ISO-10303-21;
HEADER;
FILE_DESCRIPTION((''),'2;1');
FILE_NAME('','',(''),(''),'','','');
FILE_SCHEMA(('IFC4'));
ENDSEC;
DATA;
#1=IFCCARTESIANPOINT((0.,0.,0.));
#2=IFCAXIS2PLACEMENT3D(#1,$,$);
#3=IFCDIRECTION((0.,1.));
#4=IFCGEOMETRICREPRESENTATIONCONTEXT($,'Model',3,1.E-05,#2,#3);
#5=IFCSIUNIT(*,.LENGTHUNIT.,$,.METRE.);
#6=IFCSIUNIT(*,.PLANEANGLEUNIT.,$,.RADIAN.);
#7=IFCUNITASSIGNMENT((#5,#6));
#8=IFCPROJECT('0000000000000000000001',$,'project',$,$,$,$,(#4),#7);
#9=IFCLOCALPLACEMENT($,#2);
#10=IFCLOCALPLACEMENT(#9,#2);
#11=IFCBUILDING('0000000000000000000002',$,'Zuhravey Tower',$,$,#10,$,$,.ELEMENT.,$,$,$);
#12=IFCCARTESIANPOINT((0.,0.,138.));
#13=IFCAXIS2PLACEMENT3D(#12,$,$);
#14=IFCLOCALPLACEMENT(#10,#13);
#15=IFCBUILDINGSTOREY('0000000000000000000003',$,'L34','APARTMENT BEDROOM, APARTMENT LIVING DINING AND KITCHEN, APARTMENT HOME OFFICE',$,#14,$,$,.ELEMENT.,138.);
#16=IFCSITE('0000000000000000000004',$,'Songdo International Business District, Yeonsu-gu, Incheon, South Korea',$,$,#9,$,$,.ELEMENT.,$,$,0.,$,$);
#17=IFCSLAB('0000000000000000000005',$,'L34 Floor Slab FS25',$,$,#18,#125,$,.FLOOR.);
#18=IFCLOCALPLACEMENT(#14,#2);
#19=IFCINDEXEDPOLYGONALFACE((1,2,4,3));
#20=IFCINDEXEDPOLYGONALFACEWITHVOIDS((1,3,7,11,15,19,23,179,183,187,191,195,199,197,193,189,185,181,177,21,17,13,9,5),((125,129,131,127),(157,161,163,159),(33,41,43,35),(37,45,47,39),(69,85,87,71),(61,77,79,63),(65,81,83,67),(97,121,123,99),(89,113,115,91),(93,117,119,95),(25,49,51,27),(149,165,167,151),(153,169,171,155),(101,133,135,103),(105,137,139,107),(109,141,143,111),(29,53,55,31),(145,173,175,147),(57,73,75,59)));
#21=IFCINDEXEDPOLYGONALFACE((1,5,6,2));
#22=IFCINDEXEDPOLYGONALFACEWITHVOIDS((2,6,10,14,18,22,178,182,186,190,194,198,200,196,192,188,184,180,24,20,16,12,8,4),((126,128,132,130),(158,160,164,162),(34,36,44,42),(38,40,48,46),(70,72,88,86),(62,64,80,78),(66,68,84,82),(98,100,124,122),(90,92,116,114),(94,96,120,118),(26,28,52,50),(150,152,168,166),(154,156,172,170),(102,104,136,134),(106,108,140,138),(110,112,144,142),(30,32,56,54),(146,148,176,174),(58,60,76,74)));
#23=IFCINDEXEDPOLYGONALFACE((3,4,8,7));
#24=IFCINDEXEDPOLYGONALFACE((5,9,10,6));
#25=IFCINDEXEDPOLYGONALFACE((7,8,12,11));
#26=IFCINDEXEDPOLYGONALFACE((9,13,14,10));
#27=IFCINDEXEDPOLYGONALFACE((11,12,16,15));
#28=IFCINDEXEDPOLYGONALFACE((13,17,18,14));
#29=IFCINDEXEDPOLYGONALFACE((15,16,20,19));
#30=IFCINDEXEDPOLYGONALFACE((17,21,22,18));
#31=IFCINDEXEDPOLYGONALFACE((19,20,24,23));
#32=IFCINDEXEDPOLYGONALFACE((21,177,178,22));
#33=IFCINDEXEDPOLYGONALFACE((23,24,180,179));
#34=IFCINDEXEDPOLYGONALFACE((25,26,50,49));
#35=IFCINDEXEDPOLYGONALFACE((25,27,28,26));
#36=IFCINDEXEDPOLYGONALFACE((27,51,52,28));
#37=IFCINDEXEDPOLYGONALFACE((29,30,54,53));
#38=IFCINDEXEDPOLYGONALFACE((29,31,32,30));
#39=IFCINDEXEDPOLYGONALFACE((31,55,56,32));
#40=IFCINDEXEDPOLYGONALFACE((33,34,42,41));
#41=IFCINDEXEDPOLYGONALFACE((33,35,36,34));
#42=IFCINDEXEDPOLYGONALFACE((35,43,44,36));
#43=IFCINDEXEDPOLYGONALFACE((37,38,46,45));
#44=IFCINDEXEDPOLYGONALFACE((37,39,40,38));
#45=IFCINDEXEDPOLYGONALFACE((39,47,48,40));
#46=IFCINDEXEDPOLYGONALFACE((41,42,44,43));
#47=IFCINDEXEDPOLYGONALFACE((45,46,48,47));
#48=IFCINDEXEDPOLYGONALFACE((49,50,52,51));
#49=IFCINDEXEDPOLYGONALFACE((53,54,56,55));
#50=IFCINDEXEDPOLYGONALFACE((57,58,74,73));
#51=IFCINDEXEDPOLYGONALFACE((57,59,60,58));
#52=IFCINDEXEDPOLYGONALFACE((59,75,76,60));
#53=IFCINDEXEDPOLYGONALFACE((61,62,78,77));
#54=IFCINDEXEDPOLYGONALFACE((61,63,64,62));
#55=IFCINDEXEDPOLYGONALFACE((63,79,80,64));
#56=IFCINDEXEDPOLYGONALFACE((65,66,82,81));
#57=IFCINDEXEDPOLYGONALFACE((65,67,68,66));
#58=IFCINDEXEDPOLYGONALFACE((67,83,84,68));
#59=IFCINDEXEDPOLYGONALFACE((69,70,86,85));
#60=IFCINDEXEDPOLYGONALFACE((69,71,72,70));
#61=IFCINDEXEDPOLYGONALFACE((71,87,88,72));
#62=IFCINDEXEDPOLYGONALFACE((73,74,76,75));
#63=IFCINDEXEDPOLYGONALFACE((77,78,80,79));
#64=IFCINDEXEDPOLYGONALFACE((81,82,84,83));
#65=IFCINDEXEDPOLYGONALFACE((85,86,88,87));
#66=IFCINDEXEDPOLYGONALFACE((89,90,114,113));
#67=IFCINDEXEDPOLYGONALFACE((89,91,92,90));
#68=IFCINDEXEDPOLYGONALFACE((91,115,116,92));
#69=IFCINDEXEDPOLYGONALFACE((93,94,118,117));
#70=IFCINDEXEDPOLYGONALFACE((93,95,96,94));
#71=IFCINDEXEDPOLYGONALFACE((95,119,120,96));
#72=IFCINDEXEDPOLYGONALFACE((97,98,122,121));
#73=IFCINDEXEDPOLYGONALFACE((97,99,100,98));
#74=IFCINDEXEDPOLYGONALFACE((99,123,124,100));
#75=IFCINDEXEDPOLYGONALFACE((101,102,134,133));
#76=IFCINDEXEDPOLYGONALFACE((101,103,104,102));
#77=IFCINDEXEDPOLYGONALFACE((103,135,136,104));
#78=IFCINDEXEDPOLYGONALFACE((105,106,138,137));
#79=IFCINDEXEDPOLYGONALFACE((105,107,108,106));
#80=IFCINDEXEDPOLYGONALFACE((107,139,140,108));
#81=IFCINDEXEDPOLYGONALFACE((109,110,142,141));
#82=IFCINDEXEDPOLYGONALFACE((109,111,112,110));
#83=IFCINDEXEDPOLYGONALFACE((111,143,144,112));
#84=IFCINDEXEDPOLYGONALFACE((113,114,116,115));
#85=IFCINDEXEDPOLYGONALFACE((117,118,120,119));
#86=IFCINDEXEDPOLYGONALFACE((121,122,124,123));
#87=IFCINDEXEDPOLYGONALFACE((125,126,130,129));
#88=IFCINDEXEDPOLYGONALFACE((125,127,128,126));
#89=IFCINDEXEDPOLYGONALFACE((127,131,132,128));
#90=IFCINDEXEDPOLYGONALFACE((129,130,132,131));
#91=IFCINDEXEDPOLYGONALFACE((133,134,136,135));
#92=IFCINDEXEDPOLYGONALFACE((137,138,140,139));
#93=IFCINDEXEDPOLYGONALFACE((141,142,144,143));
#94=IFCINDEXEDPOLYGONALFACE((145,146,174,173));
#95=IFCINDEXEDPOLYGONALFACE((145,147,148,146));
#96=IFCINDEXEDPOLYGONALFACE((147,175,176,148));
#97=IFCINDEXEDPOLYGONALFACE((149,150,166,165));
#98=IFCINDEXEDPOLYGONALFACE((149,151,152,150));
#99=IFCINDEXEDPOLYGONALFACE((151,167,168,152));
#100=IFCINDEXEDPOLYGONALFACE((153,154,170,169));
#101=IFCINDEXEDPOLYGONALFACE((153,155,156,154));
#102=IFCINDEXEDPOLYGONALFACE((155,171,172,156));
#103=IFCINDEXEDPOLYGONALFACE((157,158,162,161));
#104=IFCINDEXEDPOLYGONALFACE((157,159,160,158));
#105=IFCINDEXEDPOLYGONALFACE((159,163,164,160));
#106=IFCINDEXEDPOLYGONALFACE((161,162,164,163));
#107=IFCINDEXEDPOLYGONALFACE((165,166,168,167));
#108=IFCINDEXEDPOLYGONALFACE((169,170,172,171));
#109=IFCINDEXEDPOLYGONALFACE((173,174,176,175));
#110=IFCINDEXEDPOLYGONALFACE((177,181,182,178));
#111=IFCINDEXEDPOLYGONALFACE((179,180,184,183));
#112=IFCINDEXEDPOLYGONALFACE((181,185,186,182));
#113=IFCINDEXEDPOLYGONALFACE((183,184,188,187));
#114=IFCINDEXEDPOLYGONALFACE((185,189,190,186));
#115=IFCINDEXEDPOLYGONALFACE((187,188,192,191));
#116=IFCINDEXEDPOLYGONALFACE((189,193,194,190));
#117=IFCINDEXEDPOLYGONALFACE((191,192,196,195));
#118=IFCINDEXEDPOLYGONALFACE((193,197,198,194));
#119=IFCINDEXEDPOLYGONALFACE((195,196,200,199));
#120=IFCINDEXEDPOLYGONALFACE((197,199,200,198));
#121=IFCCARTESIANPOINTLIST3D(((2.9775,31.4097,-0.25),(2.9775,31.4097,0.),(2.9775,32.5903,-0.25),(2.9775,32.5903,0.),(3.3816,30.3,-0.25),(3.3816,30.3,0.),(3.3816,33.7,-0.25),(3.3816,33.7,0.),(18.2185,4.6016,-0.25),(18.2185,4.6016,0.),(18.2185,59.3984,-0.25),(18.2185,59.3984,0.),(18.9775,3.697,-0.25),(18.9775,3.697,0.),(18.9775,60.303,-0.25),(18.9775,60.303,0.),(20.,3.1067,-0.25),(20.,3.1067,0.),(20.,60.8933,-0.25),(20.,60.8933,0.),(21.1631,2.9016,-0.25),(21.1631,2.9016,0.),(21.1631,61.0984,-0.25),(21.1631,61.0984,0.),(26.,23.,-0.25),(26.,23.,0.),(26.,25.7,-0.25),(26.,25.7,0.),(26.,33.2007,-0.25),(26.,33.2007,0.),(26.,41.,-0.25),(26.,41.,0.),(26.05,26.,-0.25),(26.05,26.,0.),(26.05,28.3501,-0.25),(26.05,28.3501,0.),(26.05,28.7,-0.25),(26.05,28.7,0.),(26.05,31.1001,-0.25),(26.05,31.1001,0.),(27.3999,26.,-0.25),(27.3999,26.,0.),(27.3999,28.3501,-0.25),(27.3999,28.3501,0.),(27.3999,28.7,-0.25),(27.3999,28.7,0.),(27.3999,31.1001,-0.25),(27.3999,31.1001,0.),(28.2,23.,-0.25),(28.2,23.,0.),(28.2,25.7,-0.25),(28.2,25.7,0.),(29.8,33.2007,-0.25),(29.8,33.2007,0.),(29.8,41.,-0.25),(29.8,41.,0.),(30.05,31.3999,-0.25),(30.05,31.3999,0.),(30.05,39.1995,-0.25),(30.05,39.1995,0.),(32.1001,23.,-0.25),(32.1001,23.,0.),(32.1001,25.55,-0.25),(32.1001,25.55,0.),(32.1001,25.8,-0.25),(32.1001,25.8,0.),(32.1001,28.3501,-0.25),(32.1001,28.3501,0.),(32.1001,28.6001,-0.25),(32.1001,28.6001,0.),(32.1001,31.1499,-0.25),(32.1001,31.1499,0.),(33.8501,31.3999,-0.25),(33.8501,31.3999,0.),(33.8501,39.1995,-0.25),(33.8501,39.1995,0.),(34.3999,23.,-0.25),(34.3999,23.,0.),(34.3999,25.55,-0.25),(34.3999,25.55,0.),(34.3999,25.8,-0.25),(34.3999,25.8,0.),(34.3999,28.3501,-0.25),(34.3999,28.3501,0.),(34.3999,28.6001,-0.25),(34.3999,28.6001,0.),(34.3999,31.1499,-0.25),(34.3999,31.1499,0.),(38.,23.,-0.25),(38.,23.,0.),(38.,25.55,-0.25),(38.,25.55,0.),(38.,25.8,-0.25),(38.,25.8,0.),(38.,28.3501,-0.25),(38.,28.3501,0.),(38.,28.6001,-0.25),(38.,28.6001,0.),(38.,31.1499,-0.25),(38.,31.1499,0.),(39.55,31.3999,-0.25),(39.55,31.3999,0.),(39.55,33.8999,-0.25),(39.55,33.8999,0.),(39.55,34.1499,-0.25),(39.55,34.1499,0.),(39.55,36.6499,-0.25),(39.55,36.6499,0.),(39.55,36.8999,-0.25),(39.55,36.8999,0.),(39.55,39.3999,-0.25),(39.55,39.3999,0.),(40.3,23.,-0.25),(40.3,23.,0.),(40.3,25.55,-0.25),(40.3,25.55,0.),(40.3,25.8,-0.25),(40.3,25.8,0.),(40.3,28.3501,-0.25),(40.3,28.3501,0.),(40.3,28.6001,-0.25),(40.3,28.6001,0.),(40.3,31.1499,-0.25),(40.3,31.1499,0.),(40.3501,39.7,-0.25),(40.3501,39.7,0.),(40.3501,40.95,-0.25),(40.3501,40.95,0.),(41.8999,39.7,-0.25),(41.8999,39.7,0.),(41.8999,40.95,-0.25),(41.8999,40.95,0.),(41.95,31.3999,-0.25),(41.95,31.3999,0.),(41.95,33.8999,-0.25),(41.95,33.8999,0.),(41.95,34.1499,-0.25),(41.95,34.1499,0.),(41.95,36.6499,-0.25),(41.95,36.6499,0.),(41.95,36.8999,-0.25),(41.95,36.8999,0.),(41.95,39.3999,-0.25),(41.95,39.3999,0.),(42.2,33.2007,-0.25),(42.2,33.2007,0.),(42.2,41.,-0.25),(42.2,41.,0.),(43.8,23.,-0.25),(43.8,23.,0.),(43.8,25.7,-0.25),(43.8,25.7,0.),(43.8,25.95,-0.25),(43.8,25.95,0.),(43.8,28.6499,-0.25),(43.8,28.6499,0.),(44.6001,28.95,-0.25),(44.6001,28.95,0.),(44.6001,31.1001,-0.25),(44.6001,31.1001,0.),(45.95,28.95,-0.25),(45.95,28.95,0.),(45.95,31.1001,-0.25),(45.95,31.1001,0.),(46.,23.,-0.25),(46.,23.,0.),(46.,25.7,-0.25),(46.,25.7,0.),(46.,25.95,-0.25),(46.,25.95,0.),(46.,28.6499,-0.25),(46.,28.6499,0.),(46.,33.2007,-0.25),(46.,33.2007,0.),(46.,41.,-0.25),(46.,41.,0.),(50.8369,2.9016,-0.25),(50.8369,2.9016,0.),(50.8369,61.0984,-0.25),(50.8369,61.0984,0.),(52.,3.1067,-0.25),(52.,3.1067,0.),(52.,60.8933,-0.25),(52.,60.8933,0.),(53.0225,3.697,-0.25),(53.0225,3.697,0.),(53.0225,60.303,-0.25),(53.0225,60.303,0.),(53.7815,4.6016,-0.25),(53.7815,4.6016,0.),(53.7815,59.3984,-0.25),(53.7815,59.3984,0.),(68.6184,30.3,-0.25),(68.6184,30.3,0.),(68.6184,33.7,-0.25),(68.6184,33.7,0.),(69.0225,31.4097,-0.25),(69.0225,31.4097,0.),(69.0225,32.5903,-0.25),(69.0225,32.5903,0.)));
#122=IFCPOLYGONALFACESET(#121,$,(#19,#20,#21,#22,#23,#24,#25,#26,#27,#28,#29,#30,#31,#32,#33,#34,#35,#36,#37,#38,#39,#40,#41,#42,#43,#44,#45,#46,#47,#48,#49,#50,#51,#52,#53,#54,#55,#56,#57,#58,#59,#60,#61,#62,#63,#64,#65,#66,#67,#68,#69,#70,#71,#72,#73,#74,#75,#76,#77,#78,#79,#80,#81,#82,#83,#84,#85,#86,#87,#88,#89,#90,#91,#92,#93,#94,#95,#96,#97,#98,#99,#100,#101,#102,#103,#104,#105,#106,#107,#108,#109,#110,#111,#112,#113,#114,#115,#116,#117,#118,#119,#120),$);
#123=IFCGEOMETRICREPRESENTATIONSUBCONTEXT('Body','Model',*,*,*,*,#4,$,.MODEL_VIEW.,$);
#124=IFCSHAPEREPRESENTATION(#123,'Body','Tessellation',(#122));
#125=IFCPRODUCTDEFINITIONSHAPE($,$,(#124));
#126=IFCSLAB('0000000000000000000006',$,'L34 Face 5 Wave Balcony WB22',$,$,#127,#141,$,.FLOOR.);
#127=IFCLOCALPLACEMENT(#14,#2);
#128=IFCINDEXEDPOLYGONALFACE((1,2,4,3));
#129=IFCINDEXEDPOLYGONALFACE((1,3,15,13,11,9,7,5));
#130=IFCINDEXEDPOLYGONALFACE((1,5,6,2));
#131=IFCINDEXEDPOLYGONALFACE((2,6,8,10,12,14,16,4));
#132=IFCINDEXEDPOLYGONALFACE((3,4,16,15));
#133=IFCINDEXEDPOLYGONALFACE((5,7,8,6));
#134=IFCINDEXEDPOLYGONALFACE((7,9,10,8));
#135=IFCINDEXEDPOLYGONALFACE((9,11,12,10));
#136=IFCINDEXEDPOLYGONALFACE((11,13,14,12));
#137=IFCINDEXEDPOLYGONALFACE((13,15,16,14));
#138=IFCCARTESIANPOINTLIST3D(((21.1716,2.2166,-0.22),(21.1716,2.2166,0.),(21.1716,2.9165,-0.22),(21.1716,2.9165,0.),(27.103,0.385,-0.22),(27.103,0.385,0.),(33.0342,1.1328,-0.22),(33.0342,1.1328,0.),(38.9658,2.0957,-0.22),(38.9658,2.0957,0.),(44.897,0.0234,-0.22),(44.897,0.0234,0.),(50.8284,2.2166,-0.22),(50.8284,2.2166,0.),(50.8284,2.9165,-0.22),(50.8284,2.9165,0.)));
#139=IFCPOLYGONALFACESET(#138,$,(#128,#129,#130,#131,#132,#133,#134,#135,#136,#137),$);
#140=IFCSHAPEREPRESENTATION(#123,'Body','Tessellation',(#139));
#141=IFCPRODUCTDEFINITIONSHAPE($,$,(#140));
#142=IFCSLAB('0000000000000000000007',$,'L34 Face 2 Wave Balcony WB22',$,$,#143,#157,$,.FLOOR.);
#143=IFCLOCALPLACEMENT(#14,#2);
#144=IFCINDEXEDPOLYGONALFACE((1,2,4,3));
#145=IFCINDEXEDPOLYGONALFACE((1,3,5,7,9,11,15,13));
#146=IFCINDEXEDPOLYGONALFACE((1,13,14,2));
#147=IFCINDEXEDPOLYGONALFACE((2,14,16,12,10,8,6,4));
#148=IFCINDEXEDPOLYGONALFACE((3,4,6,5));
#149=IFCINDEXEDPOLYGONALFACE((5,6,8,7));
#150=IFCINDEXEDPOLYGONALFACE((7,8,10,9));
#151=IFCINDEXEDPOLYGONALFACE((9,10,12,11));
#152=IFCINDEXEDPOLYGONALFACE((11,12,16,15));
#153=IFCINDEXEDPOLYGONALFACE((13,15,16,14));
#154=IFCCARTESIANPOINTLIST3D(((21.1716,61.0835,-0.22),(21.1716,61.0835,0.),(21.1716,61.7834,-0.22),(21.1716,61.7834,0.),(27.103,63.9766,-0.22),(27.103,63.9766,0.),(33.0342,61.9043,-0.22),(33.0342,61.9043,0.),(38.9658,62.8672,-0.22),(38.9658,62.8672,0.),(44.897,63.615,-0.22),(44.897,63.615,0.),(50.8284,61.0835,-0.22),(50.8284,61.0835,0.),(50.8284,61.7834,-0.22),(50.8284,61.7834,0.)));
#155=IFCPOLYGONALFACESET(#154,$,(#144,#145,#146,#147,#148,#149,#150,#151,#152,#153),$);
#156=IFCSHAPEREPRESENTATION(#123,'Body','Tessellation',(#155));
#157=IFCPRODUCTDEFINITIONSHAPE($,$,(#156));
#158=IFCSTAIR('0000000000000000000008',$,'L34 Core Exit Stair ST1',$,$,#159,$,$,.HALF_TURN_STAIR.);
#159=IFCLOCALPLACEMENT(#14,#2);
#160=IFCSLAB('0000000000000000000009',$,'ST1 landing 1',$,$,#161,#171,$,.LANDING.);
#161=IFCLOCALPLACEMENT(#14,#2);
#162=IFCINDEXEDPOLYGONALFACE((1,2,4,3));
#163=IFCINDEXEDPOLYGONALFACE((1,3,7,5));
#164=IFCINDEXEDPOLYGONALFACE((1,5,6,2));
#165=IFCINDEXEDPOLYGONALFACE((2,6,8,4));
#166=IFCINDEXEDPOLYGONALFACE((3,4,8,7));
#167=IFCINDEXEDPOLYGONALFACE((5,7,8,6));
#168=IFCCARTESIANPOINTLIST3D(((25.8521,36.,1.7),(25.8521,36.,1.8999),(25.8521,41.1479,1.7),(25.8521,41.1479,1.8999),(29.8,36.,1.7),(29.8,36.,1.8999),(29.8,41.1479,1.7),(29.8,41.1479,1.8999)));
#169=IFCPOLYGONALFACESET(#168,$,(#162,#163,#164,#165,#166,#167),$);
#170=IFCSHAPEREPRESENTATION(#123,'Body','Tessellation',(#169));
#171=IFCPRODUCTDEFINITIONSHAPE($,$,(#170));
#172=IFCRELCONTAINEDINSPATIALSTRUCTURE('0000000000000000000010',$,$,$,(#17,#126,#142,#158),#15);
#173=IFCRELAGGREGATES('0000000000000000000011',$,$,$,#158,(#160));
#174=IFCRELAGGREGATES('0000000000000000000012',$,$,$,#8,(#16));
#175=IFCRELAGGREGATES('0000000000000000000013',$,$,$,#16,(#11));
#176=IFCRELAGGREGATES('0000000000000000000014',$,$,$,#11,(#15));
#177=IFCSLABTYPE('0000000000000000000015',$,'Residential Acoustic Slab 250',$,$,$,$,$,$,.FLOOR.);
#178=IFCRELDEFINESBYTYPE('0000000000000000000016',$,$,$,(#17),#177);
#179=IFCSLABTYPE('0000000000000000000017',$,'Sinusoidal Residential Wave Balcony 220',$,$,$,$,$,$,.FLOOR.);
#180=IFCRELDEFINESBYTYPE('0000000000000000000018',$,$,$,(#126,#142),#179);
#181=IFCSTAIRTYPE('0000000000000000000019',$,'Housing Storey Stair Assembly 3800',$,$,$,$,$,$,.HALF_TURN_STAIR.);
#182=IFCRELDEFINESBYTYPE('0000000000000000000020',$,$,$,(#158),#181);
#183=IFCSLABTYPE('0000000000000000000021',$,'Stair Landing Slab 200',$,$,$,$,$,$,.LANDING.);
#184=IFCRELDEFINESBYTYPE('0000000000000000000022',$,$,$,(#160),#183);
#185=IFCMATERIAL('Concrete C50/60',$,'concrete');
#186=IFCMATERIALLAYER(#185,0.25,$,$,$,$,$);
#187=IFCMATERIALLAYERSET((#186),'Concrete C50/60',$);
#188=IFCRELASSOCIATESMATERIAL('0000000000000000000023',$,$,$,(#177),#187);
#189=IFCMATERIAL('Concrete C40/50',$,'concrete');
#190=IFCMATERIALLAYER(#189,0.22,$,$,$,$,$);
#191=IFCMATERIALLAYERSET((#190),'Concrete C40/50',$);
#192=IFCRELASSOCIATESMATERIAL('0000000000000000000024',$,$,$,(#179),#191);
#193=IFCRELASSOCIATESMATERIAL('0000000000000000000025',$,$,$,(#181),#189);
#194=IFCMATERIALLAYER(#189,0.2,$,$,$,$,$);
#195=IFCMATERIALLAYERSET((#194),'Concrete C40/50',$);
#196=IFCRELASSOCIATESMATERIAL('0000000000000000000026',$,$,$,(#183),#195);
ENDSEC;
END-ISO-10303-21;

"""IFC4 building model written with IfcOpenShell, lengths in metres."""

from ifc_helpers import new_model, si_unit, direction, frame, origin, place, context, subcontext, project, spatial, polyline, outline, extrude, material, layer, layer_set, type_object, element, aggregate, save


model = new_model("IFC4")

# Units and contexts
model_context = context("Model", 3, precision=1e-05, world=origin(), true_north=direction((0.0, 1.0)))
body_context = subcontext(model_context, "Body", "Model", "MODEL_VIEW")
ifc_project = project(units=[si_unit("LENGTHUNIT", "METRE"), si_unit("PLANEANGLEUNIT", "RADIAN")], contexts=[model_context])

# Site, building, storey
site_placement = place(None, origin())
site = spatial("IfcSite", under=ifc_project, at=site_placement, Name="Songdo International Business District, Yeonsu-gu, Incheon, South Korea", CompositionType="ELEMENT", RefElevation=0.0)
building_placement = place(site_placement, origin())
building = spatial("IfcBuilding", under=site, at=building_placement, Name="Zuhravey Tower", CompositionType="ELEMENT")
storey_placement = place(building_placement, frame((0.0, 0.0, 138.0)))
storey = spatial("IfcBuildingStorey", under=building, at=storey_placement, Name="L34", Description="APARTMENT BEDROOM, APARTMENT LIVING DINING AND KITCHEN, APARTMENT HOME OFFICE", CompositionType="ELEMENT", Elevation=138.0)

# Slabs
ifc_material_1 = material(Name="Concrete C50/60", Category="concrete")
ifc_layer_1 = layer(ifc_material_1, 0.25)
ifc_layer_set_1 = layer_set([ifc_layer_1], Name="Concrete C50/60")
slab_type_1 = type_object("IfcSlabType", Name="Residential Acoustic Slab 250", PredefinedType="FLOOR", material=ifc_layer_set_1)
slab_1_placement = place(storey_placement, frame((0.0, 0.0, -0.25)))
element("IfcSlab", 1, at=slab_1_placement, inside=storey, type_object=slab_type_1, Name="L34 Floor Slab FS25", PredefinedType="FLOOR", context=body_context, shape_type="SweptSolid", body=[
    extrude(outline(polyline([(68.6184, 30.3), (69.0225, 31.4097), (69.0225, 32.5903), (68.6184, 33.7), (53.7815, 59.3984), (53.0225, 60.303), (52.0, 60.8933), (50.8369, 61.0984), (21.1631, 61.0984), (20.0, 60.8933), (18.9775, 60.303), (18.2185, 59.3984), (3.3816, 33.7), (2.9775, 32.5903), (2.9775, 31.4097), (3.3816, 30.3), (18.2185, 4.6016), (18.9775, 3.697), (20.0, 3.1067), (21.1631, 2.9016), (50.8369, 2.9016), (52.0, 3.1067), (53.0225, 3.697), (53.7815, 4.6016), (68.6184, 30.3)]), holes=[polyline([(29.8, 33.2007), (29.8, 41.0), (26.0, 41.0), (26.0, 33.2007), (29.8, 33.2007)]), polyline([(46.0, 33.2007), (46.0, 41.0), (42.2, 41.0), (42.2, 33.2007), (46.0, 33.2007)]), polyline([(30.05, 39.1995), (30.05, 31.3999), (33.8501, 31.3999), (33.8501, 39.1995), (30.05, 39.1995)]), polyline([(32.1001, 23.0), (34.3999, 23.0), (34.3999, 25.55), (32.1001, 25.55), (32.1001, 23.0)]), polyline([(32.1001, 25.8), (34.3999, 25.8), (34.3999, 28.3501), (32.1001, 28.3501), (32.1001, 25.8)]), polyline([(32.1001, 28.6001), (34.3999, 28.6001), (34.3999, 31.1499), (32.1001, 31.1499), (32.1001, 28.6001)]), polyline([(38.0, 23.0), (40.3, 23.0), (40.3, 25.55), (38.0, 25.55), (38.0, 23.0)]), polyline([(38.0, 25.8), (40.3, 25.8), (40.3, 28.3501), (38.0, 28.3501), (38.0, 25.8)]), polyline([(38.0, 28.6001), (40.3, 28.6001), (40.3, 31.1499), (38.0, 31.1499), (38.0, 28.6001)]), polyline([(39.55, 31.3999), (41.95, 31.3999), (41.95, 33.8999), (39.55, 33.8999), (39.55, 31.3999)]), polyline([(39.55, 34.1499), (41.95, 34.1499), (41.95, 36.6499), (39.55, 36.6499), (39.55, 34.1499)]), polyline([(39.55, 36.8999), (41.95, 36.8999), (41.95, 39.3999), (39.55, 39.3999), (39.55, 36.8999)]), polyline([(26.0, 23.0), (28.2, 23.0), (28.2, 25.7), (26.0, 25.7), (26.0, 23.0)]), polyline([(43.8, 23.0), (46.0, 23.0), (46.0, 25.7), (43.8, 25.7), (43.8, 23.0)]), polyline([(43.8, 25.95), (46.0, 25.95), (46.0, 28.6499), (43.8, 28.6499), (43.8, 25.95)]), polyline([(26.05, 26.0), (27.3999, 26.0), (27.3999, 28.3501), (26.05, 28.3501), (26.05, 26.0)]), polyline([(26.05, 28.7), (27.3999, 28.7), (27.3999, 31.1001), (26.05, 31.1001), (26.05, 28.7)]), polyline([(44.6001, 28.95), (45.95, 28.95), (45.95, 31.1001), (44.6001, 31.1001), (44.6001, 28.95)]), polyline([(40.3501, 39.7), (41.8999, 39.7), (41.8999, 40.95), (40.3501, 40.95), (40.3501, 39.7)])]), origin(), (0.0, 0.0, 1.0), 0.25),
])
ifc_material_2 = material(Name="Concrete C40/50", Category="concrete")
ifc_layer_2 = layer(ifc_material_2, 0.22)
ifc_layer_set_2 = layer_set([ifc_layer_2], Name="Concrete C40/50")
slab_type_2 = type_object("IfcSlabType", Name="Sinusoidal Residential Wave Balcony 220", PredefinedType="FLOOR", material=ifc_layer_set_2)
slab_2_placement = place(storey_placement, frame((0.0, 0.0, -0.22)))
element("IfcSlab", 2, at=slab_2_placement, inside=storey, type_object=slab_type_2, Name="L34 Face 5 Wave Balcony WB22", PredefinedType="FLOOR", context=body_context, shape_type="SweptSolid", body=[
    extrude(outline(polyline([(21.1716, 2.9165), (50.8284, 2.9165), (50.8284, 2.2166), (44.897, 0.0234), (38.9658, 2.0957), (33.0342, 1.1328), (27.103, 0.385), (21.1716, 2.2166), (21.1716, 2.9165)])), origin(), (0.0, 0.0, 1.0), 0.22),
])
slab_3_placement = place(storey_placement, frame((0.0, 0.0, -0.22)))
element("IfcSlab", 3, at=slab_3_placement, inside=storey, type_object=slab_type_2, Name="L34 Face 2 Wave Balcony WB22", PredefinedType="FLOOR", context=body_context, shape_type="SweptSolid", body=[
    extrude(outline(polyline([(50.8284, 61.0835), (21.1716, 61.0835), (21.1716, 61.7834), (27.103, 63.9766), (33.0342, 61.9043), (38.9658, 62.8672), (44.897, 63.615), (50.8284, 61.7834), (50.8284, 61.0835)])), origin(), (0.0, 0.0, 1.0), 0.22),
])

# Stair, slab
stair_type = type_object("IfcStairType", Name="Housing Storey Stair Assembly 3800", PredefinedType="HALF_TURN_STAIR", material=ifc_material_2)
stair_1_placement = place(storey_placement, origin())
stair_1 = element("IfcStair", 4, at=stair_1_placement, inside=storey, type_object=stair_type, Name="L34 Core Exit Stair ST1", PredefinedType="HALF_TURN_STAIR")
ifc_layer_3 = layer(ifc_material_2, 0.2)
ifc_layer_set_3 = layer_set([ifc_layer_3], Name="Concrete C40/50")
slab_type_3 = type_object("IfcSlabType", Name="Stair Landing Slab 200", PredefinedType="LANDING", material=ifc_layer_set_3)
slab_4_placement = place(storey_placement, frame((0.0, 0.0, 1.7)))
slab_4 = element("IfcSlab", 5, at=slab_4_placement, type_object=slab_type_3, Name="ST1 landing 1", PredefinedType="LANDING", context=body_context, shape_type="SweptSolid", body=[
    extrude(outline(polyline([(29.8, 36.0), (29.8, 41.1479), (25.8521, 41.1479), (25.8521, 36.0), (29.8, 36.0)])), origin(), (0.0, 0.0, 1.0), 0.2),
])
aggregate(stair_1, [slab_4])

save(model, "model.ifc")
